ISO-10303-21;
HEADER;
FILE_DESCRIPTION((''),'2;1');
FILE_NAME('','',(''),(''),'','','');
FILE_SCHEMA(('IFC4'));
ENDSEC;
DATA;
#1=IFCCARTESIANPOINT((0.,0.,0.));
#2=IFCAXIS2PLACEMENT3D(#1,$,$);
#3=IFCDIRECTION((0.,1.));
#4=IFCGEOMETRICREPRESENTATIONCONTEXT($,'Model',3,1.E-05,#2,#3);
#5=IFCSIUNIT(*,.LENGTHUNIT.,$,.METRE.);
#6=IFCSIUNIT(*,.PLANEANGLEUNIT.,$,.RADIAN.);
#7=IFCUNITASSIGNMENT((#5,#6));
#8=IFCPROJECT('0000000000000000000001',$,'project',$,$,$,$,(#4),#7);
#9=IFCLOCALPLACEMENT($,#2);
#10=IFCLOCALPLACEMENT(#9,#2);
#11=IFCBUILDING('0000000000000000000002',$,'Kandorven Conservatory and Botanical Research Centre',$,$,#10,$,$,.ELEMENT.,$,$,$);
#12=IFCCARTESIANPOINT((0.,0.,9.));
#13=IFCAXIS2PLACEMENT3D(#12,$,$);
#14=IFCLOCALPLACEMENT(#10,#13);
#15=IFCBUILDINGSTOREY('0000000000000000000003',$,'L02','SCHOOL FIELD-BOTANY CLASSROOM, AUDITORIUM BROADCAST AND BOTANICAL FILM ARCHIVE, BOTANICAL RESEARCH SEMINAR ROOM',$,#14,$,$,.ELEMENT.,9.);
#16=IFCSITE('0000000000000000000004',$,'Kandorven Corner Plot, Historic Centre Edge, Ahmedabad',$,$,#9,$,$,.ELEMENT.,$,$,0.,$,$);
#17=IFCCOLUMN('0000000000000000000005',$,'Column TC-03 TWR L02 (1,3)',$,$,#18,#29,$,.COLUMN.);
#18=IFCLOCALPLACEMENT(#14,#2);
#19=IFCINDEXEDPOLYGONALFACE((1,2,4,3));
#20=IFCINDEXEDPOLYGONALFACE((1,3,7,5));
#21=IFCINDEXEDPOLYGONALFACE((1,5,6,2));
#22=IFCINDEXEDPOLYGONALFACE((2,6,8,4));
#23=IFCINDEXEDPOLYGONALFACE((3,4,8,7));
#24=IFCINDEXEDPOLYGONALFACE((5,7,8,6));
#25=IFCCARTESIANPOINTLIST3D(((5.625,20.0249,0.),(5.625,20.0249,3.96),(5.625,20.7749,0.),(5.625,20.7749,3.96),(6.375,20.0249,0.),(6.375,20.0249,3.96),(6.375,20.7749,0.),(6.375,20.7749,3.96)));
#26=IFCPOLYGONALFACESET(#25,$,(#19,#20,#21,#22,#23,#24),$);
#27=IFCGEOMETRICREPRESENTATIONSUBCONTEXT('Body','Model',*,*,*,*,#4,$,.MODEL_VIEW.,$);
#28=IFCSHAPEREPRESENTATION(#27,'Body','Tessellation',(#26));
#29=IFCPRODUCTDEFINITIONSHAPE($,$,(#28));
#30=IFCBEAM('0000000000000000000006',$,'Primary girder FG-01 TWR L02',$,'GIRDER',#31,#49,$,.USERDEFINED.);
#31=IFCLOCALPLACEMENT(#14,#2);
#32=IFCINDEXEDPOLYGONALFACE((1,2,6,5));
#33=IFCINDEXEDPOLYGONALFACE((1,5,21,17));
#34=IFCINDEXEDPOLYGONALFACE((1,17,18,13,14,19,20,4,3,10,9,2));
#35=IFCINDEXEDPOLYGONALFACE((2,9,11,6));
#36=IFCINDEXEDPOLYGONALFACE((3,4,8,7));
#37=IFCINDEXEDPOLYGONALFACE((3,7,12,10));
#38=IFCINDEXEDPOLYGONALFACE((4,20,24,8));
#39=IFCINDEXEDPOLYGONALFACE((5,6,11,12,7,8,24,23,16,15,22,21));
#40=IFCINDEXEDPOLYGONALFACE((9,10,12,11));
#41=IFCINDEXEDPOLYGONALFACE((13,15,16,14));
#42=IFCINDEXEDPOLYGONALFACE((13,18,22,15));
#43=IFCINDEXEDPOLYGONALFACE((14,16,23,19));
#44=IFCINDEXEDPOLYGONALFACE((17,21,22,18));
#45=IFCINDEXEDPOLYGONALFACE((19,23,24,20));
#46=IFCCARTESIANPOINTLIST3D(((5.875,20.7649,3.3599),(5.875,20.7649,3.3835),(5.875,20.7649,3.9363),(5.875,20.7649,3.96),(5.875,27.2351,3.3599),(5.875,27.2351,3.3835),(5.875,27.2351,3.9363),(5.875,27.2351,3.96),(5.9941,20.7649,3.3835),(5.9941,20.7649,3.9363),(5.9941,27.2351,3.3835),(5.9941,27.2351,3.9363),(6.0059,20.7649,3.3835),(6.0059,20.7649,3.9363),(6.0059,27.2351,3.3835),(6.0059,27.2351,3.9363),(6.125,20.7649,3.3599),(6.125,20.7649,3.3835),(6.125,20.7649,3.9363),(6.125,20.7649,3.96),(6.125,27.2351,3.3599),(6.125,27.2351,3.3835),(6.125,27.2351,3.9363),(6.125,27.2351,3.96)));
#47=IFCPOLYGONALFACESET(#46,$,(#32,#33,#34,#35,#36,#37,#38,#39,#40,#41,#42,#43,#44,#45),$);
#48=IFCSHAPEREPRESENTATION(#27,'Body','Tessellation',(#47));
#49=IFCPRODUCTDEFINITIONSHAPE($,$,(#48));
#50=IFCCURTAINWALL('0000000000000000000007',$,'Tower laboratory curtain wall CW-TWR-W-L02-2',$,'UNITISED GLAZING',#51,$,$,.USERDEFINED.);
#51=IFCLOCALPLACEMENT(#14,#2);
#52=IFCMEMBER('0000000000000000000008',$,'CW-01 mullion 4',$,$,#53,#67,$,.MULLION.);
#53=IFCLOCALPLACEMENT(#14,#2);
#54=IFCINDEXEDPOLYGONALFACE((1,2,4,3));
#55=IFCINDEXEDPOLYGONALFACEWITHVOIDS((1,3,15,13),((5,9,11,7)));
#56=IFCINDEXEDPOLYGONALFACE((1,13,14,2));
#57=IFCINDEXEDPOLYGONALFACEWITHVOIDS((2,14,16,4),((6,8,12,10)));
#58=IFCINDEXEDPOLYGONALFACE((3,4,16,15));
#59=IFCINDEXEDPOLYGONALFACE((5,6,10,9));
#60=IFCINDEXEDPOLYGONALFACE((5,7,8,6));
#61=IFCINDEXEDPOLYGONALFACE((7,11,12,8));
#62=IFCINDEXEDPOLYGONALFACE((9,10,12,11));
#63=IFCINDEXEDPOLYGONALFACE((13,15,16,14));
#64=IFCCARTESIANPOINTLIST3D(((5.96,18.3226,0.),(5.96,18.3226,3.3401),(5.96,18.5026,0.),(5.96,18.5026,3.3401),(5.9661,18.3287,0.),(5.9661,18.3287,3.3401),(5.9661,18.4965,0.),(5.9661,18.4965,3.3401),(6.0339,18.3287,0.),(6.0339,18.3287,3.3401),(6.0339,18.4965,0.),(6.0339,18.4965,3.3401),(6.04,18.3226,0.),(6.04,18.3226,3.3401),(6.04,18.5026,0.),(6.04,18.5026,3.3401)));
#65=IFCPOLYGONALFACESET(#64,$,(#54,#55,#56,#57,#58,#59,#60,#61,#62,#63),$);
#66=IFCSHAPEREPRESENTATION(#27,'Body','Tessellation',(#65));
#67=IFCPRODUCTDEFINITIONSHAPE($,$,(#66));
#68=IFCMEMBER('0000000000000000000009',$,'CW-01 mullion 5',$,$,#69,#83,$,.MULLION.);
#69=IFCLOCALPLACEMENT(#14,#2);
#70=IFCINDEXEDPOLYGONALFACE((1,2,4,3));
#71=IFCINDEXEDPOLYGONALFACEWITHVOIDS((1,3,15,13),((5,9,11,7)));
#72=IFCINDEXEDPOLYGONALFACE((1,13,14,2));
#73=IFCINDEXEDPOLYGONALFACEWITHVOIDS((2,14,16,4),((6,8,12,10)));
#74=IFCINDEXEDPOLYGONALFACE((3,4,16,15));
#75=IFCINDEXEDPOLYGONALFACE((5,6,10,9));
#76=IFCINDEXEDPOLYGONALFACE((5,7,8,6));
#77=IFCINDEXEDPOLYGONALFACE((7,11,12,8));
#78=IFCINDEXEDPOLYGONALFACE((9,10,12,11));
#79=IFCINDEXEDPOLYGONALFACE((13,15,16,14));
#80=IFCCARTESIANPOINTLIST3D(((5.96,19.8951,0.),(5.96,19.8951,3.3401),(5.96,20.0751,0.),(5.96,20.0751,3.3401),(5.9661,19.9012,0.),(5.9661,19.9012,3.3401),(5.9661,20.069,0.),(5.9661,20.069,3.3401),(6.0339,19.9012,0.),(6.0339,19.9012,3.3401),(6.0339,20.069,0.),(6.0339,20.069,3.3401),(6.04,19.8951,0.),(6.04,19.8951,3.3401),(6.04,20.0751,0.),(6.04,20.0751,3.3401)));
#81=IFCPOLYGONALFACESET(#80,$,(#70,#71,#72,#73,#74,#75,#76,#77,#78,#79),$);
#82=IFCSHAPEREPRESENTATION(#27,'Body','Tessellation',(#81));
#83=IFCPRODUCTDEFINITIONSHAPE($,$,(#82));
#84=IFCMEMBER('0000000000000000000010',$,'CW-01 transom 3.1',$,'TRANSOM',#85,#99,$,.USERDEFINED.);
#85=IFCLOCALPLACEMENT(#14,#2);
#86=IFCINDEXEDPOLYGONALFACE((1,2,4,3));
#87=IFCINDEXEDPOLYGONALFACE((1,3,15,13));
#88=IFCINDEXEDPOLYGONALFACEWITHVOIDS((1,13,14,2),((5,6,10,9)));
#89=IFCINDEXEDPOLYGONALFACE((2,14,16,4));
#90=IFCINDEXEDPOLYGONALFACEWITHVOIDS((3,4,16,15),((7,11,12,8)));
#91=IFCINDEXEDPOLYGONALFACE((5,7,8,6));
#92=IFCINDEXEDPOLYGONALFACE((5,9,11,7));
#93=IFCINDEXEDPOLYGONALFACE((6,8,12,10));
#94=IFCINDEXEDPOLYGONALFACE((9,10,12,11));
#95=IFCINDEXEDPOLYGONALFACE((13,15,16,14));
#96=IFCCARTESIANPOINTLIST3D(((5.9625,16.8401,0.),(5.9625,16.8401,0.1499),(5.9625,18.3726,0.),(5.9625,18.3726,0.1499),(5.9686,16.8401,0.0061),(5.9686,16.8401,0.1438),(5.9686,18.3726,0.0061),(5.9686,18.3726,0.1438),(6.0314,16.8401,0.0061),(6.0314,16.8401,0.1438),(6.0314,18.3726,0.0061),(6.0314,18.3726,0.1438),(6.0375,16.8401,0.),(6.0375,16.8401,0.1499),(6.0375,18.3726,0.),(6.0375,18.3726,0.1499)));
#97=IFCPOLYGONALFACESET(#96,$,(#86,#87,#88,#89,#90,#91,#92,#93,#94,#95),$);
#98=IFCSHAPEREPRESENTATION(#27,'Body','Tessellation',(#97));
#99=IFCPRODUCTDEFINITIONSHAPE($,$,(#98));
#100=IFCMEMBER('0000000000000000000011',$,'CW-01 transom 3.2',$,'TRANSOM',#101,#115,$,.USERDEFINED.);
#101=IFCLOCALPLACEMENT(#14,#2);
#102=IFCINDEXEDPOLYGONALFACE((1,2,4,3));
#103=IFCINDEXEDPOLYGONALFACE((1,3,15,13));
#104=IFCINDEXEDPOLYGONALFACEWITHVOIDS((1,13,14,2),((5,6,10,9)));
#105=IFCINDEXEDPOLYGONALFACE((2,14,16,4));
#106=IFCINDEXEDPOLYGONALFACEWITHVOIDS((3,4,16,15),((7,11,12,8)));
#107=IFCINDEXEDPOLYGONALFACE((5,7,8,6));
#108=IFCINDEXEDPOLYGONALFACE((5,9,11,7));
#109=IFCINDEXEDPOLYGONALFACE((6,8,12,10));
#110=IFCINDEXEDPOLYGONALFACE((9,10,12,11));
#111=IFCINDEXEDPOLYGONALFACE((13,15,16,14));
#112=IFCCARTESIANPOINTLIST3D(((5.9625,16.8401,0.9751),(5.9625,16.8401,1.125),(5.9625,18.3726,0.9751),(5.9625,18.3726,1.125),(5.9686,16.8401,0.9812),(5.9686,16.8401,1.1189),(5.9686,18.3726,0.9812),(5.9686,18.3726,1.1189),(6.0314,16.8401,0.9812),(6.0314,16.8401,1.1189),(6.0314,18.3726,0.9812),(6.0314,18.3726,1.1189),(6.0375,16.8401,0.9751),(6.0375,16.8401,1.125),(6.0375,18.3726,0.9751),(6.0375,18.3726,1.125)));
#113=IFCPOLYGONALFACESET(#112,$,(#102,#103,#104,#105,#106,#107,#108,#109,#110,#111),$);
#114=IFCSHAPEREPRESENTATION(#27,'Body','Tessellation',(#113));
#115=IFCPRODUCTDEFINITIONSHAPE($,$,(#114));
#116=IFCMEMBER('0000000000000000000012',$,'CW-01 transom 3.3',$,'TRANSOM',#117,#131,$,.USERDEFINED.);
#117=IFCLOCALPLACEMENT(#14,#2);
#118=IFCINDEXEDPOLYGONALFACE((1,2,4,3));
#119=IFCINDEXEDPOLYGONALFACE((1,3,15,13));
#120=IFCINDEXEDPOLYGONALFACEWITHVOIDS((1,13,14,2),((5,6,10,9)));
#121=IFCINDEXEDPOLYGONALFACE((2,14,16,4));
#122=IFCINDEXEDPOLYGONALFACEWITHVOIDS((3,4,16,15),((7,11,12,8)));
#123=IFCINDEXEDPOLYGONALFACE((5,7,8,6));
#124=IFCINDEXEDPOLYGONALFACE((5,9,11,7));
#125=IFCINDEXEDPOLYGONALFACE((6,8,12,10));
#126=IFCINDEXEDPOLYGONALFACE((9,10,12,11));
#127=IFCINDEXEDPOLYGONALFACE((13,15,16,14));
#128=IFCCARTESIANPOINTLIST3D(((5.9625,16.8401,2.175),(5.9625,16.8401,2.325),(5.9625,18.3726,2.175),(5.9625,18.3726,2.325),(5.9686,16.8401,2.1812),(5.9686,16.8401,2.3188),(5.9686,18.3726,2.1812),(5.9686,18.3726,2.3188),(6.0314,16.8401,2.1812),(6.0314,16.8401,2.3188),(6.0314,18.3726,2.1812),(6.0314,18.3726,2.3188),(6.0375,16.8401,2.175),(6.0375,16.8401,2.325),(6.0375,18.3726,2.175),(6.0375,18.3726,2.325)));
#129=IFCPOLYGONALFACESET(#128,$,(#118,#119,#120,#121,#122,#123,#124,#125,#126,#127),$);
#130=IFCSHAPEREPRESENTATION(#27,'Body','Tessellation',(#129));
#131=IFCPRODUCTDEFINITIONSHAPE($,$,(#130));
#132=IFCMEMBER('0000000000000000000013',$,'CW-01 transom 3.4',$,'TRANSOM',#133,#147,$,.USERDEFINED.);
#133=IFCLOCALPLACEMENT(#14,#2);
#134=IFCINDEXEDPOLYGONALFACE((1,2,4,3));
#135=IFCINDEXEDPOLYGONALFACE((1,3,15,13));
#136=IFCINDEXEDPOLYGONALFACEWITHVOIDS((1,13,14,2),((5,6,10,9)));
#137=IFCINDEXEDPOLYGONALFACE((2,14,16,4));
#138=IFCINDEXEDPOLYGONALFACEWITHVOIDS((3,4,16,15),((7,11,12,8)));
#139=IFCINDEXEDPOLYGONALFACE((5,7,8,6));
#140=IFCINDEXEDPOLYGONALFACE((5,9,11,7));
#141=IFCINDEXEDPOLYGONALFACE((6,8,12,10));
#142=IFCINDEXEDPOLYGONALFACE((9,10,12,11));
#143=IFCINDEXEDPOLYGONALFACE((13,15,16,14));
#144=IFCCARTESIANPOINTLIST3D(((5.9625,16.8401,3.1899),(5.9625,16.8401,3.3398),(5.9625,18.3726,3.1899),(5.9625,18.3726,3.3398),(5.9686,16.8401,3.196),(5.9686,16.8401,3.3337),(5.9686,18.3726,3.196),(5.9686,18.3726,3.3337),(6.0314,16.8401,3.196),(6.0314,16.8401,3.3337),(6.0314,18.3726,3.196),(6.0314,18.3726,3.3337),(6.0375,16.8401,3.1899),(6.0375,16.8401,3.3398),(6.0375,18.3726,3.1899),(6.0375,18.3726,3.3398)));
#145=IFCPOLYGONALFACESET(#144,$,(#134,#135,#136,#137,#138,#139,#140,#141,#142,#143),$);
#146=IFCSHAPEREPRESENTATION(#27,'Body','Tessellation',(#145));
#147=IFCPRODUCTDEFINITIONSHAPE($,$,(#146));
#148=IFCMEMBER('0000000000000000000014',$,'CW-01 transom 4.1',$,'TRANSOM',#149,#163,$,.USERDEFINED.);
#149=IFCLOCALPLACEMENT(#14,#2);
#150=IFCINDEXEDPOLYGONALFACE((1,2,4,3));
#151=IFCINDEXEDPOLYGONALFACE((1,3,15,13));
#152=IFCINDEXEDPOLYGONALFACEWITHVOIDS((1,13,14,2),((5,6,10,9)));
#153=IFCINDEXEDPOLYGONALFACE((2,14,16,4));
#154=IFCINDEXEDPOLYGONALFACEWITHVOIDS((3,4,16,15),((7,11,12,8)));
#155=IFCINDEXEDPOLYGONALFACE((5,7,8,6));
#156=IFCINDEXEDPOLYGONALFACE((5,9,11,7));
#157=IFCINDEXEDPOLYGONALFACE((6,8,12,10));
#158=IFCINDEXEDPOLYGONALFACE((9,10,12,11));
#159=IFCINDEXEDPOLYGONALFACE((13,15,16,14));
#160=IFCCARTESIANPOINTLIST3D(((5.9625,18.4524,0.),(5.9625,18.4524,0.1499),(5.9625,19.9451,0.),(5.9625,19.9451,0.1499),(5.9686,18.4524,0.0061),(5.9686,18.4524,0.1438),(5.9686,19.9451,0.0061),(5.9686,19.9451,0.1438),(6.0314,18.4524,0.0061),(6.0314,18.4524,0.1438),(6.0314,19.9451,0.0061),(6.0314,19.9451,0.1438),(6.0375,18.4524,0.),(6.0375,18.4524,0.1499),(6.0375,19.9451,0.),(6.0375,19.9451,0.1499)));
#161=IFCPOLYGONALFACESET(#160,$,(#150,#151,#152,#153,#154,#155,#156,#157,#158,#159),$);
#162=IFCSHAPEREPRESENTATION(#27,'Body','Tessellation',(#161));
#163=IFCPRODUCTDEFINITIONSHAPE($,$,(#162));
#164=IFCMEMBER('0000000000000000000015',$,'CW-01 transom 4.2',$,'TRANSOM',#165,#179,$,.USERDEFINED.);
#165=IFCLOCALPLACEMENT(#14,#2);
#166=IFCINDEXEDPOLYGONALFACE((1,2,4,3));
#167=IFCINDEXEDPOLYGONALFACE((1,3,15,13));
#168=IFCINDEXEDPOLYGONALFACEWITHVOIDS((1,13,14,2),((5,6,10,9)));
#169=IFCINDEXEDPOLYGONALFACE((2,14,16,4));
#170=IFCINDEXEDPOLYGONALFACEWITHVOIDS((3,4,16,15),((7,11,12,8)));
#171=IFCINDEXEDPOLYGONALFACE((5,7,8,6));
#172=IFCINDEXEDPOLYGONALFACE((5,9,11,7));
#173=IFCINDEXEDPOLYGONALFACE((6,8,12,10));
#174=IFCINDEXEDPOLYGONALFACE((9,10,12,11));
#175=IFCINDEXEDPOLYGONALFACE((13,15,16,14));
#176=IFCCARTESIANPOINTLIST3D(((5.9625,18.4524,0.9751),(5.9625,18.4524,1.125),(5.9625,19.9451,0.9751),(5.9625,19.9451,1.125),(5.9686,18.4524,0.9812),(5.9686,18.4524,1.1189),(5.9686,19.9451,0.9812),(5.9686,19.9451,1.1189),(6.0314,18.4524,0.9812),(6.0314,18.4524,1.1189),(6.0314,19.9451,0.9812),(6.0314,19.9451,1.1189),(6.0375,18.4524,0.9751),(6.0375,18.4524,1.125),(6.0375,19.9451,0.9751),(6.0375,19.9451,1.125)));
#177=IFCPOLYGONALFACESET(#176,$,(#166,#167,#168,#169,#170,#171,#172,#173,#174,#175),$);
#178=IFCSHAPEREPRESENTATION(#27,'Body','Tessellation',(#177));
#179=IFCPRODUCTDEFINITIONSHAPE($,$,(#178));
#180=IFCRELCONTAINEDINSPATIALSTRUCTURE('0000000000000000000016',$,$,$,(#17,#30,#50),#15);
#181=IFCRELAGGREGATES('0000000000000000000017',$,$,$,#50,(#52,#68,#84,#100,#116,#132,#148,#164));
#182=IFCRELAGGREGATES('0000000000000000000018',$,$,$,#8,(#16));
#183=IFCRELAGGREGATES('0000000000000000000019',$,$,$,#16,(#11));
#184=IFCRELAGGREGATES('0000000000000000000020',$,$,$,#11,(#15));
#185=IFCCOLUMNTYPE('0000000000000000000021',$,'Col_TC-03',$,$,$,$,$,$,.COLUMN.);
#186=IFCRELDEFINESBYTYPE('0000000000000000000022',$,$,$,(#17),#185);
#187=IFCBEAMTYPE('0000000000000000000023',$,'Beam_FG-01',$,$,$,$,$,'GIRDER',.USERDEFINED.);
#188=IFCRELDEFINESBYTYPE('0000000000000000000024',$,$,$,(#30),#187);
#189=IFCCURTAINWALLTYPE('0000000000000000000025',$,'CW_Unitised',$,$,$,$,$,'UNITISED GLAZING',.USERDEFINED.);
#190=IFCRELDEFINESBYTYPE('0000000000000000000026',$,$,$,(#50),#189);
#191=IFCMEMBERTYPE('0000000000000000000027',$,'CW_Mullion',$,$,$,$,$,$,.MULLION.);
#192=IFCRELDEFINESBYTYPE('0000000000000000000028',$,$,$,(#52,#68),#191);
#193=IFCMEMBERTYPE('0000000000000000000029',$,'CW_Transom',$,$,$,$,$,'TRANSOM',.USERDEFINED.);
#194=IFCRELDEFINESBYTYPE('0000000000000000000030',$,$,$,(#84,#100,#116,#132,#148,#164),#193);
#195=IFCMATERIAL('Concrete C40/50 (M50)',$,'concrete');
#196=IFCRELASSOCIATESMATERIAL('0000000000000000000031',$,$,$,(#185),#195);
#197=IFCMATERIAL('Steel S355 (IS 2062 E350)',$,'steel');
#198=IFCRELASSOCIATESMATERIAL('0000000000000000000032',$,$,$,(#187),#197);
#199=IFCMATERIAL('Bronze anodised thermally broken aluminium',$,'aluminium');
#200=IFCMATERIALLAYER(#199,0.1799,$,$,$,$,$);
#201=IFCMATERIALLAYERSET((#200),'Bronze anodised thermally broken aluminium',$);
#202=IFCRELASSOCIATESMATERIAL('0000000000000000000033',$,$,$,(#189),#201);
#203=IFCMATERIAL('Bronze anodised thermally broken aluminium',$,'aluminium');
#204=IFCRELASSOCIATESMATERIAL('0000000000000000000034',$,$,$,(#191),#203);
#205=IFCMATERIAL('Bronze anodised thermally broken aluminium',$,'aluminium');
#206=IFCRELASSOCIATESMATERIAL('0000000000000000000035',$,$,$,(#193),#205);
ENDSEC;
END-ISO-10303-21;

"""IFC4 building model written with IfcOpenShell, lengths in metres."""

from ifc_helpers import new_model, si_unit, direction, frame, origin, origin_2d, place, context, subcontext, project, spatial, rectangle, hollow_rectangle, i_section, extrude, material, layer, layer_set, material_profile, profile_set, type_object, element, aggregate, save


model = new_model("IFC4")

# Units and contexts
model_context = context("Model", 3, precision=1e-05, world=origin(), true_north=direction((0.0, 1.0)))
body_context = subcontext(model_context, "Body", "Model", "MODEL_VIEW")
ifc_project = project(units=[si_unit("LENGTHUNIT", "METRE"), si_unit("PLANEANGLEUNIT", "RADIAN")], contexts=[model_context])

# Site, building, storey
site_placement = place(None, origin())
site = spatial("IfcSite", under=ifc_project, at=site_placement, Name="Kandorven Corner Plot, Historic Centre Edge, Ahmedabad", CompositionType="ELEMENT", RefElevation=0.0)
building_placement = place(site_placement, origin())
building = spatial("IfcBuilding", under=site, at=building_placement, Name="Kandorven Conservatory and Botanical Research Centre", CompositionType="ELEMENT")
storey_placement = place(building_placement, frame((0.0, 0.0, 9.0)))
storey = spatial("IfcBuildingStorey", under=building, at=storey_placement, Name="L02", Description="SCHOOL FIELD-BOTANY CLASSROOM, AUDITORIUM BROADCAST AND BOTANICAL FILM ARCHIVE, BOTANICAL RESEARCH SEMINAR ROOM", CompositionType="ELEMENT", Elevation=9.0)

# Column
ifc_material_1 = material(Name="Concrete C40/50 (M50)", Category="concrete")
ifc_material_profile_1 = material_profile(ifc_material_1, rectangle(XDim=0.75, YDim=0.75, at=origin_2d()))
ifc_profile_set_1 = profile_set([ifc_material_profile_1], Name="Concrete C40/50 (M50)")
column_type = type_object("IfcColumnType", Name="Col_TC-03", PredefinedType="COLUMN", material=ifc_profile_set_1)
column_placement = place(storey_placement, frame((6.0, 20.3999, 0.0), z_axis=(0.0, 0.0, 1.0), x_axis=(1.0, 0.0, 0.0)))
element("IfcColumn", 1, at=column_placement, inside=storey, type_object=column_type, Name="Column TC-03 TWR L02 (1,3)", PredefinedType="COLUMN", context=body_context, shape_type="SweptSolid", body=[
    extrude(rectangle(XDim=0.75, YDim=0.75, at=origin_2d()), origin(), (0.0, 0.0, 1.0), 3.96),
])

# Beam
ifc_material_2 = material(Name="Steel S355 (IS 2062 E350)", Category="steel")
ifc_material_profile_2 = material_profile(ifc_material_2, i_section(OverallWidth=0.25, OverallDepth=0.6001, WebThickness=0.0117, FlangeThickness=0.0237, at=origin_2d()))
ifc_profile_set_2 = profile_set([ifc_material_profile_2], Name="Steel S355 (IS 2062 E350)")
beam_type = type_object("IfcBeamType", Name="Beam_FG-01", ElementType="GIRDER", PredefinedType="USERDEFINED", material=ifc_profile_set_2)
beam_placement = place(storey_placement, frame((6.0, 20.7649, 3.6599), z_axis=(0.0, 1.0, 0.0), x_axis=(-1.0, 0.0, 0.0)))
element("IfcBeam", 2, at=beam_placement, inside=storey, type_object=beam_type, Name="Primary girder FG-01 TWR L02", ObjectType="GIRDER", PredefinedType="USERDEFINED", context=body_context, shape_type="SweptSolid", body=[
    extrude(i_section(OverallWidth=0.25, OverallDepth=0.6001, WebThickness=0.0117, FlangeThickness=0.0237, at=origin_2d()), origin(), (0.0, 0.0, 1.0), 6.4702),
])

# Curtain wall, members
ifc_material_3 = material(Name="Bronze anodised thermally broken aluminium", Category="aluminium")
ifc_layer_1 = layer(ifc_material_3, 0.1799)
ifc_layer_set_1 = layer_set([ifc_layer_1], Name="Bronze anodised thermally broken aluminium")
curtain_wall_type = type_object("IfcCurtainWallType", Name="CW_Unitised", ElementType="UNITISED GLAZING", PredefinedType="USERDEFINED", material=ifc_layer_set_1)
curtain_wall_placement = place(storey_placement, origin())
curtain_wall = element("IfcCurtainWall", 3, at=curtain_wall_placement, inside=storey, type_object=curtain_wall_type, Name="Tower laboratory curtain wall CW-TWR-W-L02-2", ObjectType="UNITISED GLAZING", PredefinedType="USERDEFINED")
ifc_material_4 = material(Name="Bronze anodised thermally broken aluminium", Category="aluminium")
ifc_material_profile_3 = material_profile(ifc_material_4, hollow_rectangle(XDim=0.0801, YDim=0.1799, WallThickness=0.0061, at=origin_2d()))
ifc_profile_set_3 = profile_set([ifc_material_profile_3], Name="Bronze anodised thermally broken aluminium")
member_type_1 = type_object("IfcMemberType", Name="CW_Mullion", PredefinedType="MULLION", material=ifc_profile_set_3)
member_1_placement = place(storey_placement, frame((6.0, 18.4126, 0.0), z_axis=(0.0, 0.0, 1.0), x_axis=(-1.0, 0.0, 0.0)))
member_1 = element("IfcMember", 4, at=member_1_placement, type_object=member_type_1, Name="CW-01 mullion 4", PredefinedType="MULLION", context=body_context, shape_type="SweptSolid", body=[
    extrude(hollow_rectangle(XDim=0.0801, YDim=0.1799, WallThickness=0.0061, at=origin_2d()), origin(), (0.0, 0.0, 1.0), 3.3401),
])
member_2_placement = place(storey_placement, frame((6.0, 19.9851, 0.0), z_axis=(0.0, 0.0, 1.0), x_axis=(-1.0, 0.0, 0.0)))
member_2 = element("IfcMember", 5, at=member_2_placement, type_object=member_type_1, Name="CW-01 mullion 5", PredefinedType="MULLION", context=body_context, shape_type="SweptSolid", body=[
    extrude(hollow_rectangle(XDim=0.0801, YDim=0.1799, WallThickness=0.0061, at=origin_2d()), origin(), (0.0, 0.0, 1.0), 3.3401),
])
ifc_material_5 = material(Name="Bronze anodised thermally broken aluminium", Category="aluminium")
ifc_material_profile_4 = material_profile(ifc_material_5, hollow_rectangle(XDim=0.075, YDim=0.1499, WallThickness=0.0061, at=origin_2d()))
ifc_profile_set_4 = profile_set([ifc_material_profile_4], Name="Bronze anodised thermally broken aluminium")
member_type_2 = type_object("IfcMemberType", Name="CW_Transom", ElementType="TRANSOM", PredefinedType="USERDEFINED", material=ifc_profile_set_4)
member_3_placement = place(storey_placement, frame((6.0, 16.8401, 0.075), z_axis=(0.0, 1.0, 0.0), x_axis=(-1.0, 0.0, 0.0)))
member_3 = element("IfcMember", 6, at=member_3_placement, type_object=member_type_2, Name="CW-01 transom 3.1", ObjectType="TRANSOM", PredefinedType="USERDEFINED", context=body_context, shape_type="SweptSolid", body=[
    extrude(hollow_rectangle(XDim=0.075, YDim=0.1499, WallThickness=0.0061, at=origin_2d()), origin(), (0.0, 0.0, 1.0), 1.5325),
])
member_4_placement = place(storey_placement, frame((6.0, 16.8401, 1.05), z_axis=(0.0, 1.0, 0.0), x_axis=(-1.0, 0.0, 0.0)))
member_4 = element("IfcMember", 7, at=member_4_placement, type_object=member_type_2, Name="CW-01 transom 3.2", ObjectType="TRANSOM", PredefinedType="USERDEFINED", context=body_context, shape_type="SweptSolid", body=[
    extrude(hollow_rectangle(XDim=0.075, YDim=0.1499, WallThickness=0.0061, at=origin_2d()), origin(), (0.0, 0.0, 1.0), 1.5325),
])
member_5_placement = place(storey_placement, frame((6.0, 16.8401, 2.25), z_axis=(0.0, 1.0, 0.0), x_axis=(-1.0, 0.0, 0.0)))
member_5 = element("IfcMember", 8, at=member_5_placement, type_object=member_type_2, Name="CW-01 transom 3.3", ObjectType="TRANSOM", PredefinedType="USERDEFINED", context=body_context, shape_type="SweptSolid", body=[
    extrude(hollow_rectangle(XDim=0.075, YDim=0.1499, WallThickness=0.0061, at=origin_2d()), origin(), (0.0, 0.0, 1.0), 1.5325),
])
member_6_placement = place(storey_placement, frame((6.0, 16.8401, 3.2649), z_axis=(0.0, 1.0, 0.0), x_axis=(-1.0, 0.0, 0.0)))
member_6 = element("IfcMember", 9, at=member_6_placement, type_object=member_type_2, Name="CW-01 transom 3.4", ObjectType="TRANSOM", PredefinedType="USERDEFINED", context=body_context, shape_type="SweptSolid", body=[
    extrude(hollow_rectangle(XDim=0.075, YDim=0.1499, WallThickness=0.0061, at=origin_2d()), origin(), (0.0, 0.0, 1.0), 1.5325),
])
member_7_placement = place(storey_placement, frame((6.0, 18.4524, 0.075), z_axis=(0.0, 1.0, 0.0), x_axis=(-1.0, 0.0, 0.0)))
member_7 = element("IfcMember", 10, at=member_7_placement, type_object=member_type_2, Name="CW-01 transom 4.1", ObjectType="TRANSOM", PredefinedType="USERDEFINED", context=body_context, shape_type="SweptSolid", body=[
    extrude(hollow_rectangle(XDim=0.075, YDim=0.1499, WallThickness=0.0061, at=origin_2d()), origin(), (0.0, 0.0, 1.0), 1.4927),
])
member_8_placement = place(storey_placement, frame((6.0, 18.4524, 1.05), z_axis=(0.0, 1.0, 0.0), x_axis=(-1.0, 0.0, 0.0)))
member_8 = element("IfcMember", 11, at=member_8_placement, type_object=member_type_2, Name="CW-01 transom 4.2", ObjectType="TRANSOM", PredefinedType="USERDEFINED", context=body_context, shape_type="SweptSolid", body=[
    extrude(hollow_rectangle(XDim=0.075, YDim=0.1499, WallThickness=0.0061, at=origin_2d()), origin(), (0.0, 0.0, 1.0), 1.4927),
])

aggregate(curtain_wall, [member_1, member_2, member_3, member_4, member_5, member_6, member_7, member_8])

save(model, "model.ifc")
